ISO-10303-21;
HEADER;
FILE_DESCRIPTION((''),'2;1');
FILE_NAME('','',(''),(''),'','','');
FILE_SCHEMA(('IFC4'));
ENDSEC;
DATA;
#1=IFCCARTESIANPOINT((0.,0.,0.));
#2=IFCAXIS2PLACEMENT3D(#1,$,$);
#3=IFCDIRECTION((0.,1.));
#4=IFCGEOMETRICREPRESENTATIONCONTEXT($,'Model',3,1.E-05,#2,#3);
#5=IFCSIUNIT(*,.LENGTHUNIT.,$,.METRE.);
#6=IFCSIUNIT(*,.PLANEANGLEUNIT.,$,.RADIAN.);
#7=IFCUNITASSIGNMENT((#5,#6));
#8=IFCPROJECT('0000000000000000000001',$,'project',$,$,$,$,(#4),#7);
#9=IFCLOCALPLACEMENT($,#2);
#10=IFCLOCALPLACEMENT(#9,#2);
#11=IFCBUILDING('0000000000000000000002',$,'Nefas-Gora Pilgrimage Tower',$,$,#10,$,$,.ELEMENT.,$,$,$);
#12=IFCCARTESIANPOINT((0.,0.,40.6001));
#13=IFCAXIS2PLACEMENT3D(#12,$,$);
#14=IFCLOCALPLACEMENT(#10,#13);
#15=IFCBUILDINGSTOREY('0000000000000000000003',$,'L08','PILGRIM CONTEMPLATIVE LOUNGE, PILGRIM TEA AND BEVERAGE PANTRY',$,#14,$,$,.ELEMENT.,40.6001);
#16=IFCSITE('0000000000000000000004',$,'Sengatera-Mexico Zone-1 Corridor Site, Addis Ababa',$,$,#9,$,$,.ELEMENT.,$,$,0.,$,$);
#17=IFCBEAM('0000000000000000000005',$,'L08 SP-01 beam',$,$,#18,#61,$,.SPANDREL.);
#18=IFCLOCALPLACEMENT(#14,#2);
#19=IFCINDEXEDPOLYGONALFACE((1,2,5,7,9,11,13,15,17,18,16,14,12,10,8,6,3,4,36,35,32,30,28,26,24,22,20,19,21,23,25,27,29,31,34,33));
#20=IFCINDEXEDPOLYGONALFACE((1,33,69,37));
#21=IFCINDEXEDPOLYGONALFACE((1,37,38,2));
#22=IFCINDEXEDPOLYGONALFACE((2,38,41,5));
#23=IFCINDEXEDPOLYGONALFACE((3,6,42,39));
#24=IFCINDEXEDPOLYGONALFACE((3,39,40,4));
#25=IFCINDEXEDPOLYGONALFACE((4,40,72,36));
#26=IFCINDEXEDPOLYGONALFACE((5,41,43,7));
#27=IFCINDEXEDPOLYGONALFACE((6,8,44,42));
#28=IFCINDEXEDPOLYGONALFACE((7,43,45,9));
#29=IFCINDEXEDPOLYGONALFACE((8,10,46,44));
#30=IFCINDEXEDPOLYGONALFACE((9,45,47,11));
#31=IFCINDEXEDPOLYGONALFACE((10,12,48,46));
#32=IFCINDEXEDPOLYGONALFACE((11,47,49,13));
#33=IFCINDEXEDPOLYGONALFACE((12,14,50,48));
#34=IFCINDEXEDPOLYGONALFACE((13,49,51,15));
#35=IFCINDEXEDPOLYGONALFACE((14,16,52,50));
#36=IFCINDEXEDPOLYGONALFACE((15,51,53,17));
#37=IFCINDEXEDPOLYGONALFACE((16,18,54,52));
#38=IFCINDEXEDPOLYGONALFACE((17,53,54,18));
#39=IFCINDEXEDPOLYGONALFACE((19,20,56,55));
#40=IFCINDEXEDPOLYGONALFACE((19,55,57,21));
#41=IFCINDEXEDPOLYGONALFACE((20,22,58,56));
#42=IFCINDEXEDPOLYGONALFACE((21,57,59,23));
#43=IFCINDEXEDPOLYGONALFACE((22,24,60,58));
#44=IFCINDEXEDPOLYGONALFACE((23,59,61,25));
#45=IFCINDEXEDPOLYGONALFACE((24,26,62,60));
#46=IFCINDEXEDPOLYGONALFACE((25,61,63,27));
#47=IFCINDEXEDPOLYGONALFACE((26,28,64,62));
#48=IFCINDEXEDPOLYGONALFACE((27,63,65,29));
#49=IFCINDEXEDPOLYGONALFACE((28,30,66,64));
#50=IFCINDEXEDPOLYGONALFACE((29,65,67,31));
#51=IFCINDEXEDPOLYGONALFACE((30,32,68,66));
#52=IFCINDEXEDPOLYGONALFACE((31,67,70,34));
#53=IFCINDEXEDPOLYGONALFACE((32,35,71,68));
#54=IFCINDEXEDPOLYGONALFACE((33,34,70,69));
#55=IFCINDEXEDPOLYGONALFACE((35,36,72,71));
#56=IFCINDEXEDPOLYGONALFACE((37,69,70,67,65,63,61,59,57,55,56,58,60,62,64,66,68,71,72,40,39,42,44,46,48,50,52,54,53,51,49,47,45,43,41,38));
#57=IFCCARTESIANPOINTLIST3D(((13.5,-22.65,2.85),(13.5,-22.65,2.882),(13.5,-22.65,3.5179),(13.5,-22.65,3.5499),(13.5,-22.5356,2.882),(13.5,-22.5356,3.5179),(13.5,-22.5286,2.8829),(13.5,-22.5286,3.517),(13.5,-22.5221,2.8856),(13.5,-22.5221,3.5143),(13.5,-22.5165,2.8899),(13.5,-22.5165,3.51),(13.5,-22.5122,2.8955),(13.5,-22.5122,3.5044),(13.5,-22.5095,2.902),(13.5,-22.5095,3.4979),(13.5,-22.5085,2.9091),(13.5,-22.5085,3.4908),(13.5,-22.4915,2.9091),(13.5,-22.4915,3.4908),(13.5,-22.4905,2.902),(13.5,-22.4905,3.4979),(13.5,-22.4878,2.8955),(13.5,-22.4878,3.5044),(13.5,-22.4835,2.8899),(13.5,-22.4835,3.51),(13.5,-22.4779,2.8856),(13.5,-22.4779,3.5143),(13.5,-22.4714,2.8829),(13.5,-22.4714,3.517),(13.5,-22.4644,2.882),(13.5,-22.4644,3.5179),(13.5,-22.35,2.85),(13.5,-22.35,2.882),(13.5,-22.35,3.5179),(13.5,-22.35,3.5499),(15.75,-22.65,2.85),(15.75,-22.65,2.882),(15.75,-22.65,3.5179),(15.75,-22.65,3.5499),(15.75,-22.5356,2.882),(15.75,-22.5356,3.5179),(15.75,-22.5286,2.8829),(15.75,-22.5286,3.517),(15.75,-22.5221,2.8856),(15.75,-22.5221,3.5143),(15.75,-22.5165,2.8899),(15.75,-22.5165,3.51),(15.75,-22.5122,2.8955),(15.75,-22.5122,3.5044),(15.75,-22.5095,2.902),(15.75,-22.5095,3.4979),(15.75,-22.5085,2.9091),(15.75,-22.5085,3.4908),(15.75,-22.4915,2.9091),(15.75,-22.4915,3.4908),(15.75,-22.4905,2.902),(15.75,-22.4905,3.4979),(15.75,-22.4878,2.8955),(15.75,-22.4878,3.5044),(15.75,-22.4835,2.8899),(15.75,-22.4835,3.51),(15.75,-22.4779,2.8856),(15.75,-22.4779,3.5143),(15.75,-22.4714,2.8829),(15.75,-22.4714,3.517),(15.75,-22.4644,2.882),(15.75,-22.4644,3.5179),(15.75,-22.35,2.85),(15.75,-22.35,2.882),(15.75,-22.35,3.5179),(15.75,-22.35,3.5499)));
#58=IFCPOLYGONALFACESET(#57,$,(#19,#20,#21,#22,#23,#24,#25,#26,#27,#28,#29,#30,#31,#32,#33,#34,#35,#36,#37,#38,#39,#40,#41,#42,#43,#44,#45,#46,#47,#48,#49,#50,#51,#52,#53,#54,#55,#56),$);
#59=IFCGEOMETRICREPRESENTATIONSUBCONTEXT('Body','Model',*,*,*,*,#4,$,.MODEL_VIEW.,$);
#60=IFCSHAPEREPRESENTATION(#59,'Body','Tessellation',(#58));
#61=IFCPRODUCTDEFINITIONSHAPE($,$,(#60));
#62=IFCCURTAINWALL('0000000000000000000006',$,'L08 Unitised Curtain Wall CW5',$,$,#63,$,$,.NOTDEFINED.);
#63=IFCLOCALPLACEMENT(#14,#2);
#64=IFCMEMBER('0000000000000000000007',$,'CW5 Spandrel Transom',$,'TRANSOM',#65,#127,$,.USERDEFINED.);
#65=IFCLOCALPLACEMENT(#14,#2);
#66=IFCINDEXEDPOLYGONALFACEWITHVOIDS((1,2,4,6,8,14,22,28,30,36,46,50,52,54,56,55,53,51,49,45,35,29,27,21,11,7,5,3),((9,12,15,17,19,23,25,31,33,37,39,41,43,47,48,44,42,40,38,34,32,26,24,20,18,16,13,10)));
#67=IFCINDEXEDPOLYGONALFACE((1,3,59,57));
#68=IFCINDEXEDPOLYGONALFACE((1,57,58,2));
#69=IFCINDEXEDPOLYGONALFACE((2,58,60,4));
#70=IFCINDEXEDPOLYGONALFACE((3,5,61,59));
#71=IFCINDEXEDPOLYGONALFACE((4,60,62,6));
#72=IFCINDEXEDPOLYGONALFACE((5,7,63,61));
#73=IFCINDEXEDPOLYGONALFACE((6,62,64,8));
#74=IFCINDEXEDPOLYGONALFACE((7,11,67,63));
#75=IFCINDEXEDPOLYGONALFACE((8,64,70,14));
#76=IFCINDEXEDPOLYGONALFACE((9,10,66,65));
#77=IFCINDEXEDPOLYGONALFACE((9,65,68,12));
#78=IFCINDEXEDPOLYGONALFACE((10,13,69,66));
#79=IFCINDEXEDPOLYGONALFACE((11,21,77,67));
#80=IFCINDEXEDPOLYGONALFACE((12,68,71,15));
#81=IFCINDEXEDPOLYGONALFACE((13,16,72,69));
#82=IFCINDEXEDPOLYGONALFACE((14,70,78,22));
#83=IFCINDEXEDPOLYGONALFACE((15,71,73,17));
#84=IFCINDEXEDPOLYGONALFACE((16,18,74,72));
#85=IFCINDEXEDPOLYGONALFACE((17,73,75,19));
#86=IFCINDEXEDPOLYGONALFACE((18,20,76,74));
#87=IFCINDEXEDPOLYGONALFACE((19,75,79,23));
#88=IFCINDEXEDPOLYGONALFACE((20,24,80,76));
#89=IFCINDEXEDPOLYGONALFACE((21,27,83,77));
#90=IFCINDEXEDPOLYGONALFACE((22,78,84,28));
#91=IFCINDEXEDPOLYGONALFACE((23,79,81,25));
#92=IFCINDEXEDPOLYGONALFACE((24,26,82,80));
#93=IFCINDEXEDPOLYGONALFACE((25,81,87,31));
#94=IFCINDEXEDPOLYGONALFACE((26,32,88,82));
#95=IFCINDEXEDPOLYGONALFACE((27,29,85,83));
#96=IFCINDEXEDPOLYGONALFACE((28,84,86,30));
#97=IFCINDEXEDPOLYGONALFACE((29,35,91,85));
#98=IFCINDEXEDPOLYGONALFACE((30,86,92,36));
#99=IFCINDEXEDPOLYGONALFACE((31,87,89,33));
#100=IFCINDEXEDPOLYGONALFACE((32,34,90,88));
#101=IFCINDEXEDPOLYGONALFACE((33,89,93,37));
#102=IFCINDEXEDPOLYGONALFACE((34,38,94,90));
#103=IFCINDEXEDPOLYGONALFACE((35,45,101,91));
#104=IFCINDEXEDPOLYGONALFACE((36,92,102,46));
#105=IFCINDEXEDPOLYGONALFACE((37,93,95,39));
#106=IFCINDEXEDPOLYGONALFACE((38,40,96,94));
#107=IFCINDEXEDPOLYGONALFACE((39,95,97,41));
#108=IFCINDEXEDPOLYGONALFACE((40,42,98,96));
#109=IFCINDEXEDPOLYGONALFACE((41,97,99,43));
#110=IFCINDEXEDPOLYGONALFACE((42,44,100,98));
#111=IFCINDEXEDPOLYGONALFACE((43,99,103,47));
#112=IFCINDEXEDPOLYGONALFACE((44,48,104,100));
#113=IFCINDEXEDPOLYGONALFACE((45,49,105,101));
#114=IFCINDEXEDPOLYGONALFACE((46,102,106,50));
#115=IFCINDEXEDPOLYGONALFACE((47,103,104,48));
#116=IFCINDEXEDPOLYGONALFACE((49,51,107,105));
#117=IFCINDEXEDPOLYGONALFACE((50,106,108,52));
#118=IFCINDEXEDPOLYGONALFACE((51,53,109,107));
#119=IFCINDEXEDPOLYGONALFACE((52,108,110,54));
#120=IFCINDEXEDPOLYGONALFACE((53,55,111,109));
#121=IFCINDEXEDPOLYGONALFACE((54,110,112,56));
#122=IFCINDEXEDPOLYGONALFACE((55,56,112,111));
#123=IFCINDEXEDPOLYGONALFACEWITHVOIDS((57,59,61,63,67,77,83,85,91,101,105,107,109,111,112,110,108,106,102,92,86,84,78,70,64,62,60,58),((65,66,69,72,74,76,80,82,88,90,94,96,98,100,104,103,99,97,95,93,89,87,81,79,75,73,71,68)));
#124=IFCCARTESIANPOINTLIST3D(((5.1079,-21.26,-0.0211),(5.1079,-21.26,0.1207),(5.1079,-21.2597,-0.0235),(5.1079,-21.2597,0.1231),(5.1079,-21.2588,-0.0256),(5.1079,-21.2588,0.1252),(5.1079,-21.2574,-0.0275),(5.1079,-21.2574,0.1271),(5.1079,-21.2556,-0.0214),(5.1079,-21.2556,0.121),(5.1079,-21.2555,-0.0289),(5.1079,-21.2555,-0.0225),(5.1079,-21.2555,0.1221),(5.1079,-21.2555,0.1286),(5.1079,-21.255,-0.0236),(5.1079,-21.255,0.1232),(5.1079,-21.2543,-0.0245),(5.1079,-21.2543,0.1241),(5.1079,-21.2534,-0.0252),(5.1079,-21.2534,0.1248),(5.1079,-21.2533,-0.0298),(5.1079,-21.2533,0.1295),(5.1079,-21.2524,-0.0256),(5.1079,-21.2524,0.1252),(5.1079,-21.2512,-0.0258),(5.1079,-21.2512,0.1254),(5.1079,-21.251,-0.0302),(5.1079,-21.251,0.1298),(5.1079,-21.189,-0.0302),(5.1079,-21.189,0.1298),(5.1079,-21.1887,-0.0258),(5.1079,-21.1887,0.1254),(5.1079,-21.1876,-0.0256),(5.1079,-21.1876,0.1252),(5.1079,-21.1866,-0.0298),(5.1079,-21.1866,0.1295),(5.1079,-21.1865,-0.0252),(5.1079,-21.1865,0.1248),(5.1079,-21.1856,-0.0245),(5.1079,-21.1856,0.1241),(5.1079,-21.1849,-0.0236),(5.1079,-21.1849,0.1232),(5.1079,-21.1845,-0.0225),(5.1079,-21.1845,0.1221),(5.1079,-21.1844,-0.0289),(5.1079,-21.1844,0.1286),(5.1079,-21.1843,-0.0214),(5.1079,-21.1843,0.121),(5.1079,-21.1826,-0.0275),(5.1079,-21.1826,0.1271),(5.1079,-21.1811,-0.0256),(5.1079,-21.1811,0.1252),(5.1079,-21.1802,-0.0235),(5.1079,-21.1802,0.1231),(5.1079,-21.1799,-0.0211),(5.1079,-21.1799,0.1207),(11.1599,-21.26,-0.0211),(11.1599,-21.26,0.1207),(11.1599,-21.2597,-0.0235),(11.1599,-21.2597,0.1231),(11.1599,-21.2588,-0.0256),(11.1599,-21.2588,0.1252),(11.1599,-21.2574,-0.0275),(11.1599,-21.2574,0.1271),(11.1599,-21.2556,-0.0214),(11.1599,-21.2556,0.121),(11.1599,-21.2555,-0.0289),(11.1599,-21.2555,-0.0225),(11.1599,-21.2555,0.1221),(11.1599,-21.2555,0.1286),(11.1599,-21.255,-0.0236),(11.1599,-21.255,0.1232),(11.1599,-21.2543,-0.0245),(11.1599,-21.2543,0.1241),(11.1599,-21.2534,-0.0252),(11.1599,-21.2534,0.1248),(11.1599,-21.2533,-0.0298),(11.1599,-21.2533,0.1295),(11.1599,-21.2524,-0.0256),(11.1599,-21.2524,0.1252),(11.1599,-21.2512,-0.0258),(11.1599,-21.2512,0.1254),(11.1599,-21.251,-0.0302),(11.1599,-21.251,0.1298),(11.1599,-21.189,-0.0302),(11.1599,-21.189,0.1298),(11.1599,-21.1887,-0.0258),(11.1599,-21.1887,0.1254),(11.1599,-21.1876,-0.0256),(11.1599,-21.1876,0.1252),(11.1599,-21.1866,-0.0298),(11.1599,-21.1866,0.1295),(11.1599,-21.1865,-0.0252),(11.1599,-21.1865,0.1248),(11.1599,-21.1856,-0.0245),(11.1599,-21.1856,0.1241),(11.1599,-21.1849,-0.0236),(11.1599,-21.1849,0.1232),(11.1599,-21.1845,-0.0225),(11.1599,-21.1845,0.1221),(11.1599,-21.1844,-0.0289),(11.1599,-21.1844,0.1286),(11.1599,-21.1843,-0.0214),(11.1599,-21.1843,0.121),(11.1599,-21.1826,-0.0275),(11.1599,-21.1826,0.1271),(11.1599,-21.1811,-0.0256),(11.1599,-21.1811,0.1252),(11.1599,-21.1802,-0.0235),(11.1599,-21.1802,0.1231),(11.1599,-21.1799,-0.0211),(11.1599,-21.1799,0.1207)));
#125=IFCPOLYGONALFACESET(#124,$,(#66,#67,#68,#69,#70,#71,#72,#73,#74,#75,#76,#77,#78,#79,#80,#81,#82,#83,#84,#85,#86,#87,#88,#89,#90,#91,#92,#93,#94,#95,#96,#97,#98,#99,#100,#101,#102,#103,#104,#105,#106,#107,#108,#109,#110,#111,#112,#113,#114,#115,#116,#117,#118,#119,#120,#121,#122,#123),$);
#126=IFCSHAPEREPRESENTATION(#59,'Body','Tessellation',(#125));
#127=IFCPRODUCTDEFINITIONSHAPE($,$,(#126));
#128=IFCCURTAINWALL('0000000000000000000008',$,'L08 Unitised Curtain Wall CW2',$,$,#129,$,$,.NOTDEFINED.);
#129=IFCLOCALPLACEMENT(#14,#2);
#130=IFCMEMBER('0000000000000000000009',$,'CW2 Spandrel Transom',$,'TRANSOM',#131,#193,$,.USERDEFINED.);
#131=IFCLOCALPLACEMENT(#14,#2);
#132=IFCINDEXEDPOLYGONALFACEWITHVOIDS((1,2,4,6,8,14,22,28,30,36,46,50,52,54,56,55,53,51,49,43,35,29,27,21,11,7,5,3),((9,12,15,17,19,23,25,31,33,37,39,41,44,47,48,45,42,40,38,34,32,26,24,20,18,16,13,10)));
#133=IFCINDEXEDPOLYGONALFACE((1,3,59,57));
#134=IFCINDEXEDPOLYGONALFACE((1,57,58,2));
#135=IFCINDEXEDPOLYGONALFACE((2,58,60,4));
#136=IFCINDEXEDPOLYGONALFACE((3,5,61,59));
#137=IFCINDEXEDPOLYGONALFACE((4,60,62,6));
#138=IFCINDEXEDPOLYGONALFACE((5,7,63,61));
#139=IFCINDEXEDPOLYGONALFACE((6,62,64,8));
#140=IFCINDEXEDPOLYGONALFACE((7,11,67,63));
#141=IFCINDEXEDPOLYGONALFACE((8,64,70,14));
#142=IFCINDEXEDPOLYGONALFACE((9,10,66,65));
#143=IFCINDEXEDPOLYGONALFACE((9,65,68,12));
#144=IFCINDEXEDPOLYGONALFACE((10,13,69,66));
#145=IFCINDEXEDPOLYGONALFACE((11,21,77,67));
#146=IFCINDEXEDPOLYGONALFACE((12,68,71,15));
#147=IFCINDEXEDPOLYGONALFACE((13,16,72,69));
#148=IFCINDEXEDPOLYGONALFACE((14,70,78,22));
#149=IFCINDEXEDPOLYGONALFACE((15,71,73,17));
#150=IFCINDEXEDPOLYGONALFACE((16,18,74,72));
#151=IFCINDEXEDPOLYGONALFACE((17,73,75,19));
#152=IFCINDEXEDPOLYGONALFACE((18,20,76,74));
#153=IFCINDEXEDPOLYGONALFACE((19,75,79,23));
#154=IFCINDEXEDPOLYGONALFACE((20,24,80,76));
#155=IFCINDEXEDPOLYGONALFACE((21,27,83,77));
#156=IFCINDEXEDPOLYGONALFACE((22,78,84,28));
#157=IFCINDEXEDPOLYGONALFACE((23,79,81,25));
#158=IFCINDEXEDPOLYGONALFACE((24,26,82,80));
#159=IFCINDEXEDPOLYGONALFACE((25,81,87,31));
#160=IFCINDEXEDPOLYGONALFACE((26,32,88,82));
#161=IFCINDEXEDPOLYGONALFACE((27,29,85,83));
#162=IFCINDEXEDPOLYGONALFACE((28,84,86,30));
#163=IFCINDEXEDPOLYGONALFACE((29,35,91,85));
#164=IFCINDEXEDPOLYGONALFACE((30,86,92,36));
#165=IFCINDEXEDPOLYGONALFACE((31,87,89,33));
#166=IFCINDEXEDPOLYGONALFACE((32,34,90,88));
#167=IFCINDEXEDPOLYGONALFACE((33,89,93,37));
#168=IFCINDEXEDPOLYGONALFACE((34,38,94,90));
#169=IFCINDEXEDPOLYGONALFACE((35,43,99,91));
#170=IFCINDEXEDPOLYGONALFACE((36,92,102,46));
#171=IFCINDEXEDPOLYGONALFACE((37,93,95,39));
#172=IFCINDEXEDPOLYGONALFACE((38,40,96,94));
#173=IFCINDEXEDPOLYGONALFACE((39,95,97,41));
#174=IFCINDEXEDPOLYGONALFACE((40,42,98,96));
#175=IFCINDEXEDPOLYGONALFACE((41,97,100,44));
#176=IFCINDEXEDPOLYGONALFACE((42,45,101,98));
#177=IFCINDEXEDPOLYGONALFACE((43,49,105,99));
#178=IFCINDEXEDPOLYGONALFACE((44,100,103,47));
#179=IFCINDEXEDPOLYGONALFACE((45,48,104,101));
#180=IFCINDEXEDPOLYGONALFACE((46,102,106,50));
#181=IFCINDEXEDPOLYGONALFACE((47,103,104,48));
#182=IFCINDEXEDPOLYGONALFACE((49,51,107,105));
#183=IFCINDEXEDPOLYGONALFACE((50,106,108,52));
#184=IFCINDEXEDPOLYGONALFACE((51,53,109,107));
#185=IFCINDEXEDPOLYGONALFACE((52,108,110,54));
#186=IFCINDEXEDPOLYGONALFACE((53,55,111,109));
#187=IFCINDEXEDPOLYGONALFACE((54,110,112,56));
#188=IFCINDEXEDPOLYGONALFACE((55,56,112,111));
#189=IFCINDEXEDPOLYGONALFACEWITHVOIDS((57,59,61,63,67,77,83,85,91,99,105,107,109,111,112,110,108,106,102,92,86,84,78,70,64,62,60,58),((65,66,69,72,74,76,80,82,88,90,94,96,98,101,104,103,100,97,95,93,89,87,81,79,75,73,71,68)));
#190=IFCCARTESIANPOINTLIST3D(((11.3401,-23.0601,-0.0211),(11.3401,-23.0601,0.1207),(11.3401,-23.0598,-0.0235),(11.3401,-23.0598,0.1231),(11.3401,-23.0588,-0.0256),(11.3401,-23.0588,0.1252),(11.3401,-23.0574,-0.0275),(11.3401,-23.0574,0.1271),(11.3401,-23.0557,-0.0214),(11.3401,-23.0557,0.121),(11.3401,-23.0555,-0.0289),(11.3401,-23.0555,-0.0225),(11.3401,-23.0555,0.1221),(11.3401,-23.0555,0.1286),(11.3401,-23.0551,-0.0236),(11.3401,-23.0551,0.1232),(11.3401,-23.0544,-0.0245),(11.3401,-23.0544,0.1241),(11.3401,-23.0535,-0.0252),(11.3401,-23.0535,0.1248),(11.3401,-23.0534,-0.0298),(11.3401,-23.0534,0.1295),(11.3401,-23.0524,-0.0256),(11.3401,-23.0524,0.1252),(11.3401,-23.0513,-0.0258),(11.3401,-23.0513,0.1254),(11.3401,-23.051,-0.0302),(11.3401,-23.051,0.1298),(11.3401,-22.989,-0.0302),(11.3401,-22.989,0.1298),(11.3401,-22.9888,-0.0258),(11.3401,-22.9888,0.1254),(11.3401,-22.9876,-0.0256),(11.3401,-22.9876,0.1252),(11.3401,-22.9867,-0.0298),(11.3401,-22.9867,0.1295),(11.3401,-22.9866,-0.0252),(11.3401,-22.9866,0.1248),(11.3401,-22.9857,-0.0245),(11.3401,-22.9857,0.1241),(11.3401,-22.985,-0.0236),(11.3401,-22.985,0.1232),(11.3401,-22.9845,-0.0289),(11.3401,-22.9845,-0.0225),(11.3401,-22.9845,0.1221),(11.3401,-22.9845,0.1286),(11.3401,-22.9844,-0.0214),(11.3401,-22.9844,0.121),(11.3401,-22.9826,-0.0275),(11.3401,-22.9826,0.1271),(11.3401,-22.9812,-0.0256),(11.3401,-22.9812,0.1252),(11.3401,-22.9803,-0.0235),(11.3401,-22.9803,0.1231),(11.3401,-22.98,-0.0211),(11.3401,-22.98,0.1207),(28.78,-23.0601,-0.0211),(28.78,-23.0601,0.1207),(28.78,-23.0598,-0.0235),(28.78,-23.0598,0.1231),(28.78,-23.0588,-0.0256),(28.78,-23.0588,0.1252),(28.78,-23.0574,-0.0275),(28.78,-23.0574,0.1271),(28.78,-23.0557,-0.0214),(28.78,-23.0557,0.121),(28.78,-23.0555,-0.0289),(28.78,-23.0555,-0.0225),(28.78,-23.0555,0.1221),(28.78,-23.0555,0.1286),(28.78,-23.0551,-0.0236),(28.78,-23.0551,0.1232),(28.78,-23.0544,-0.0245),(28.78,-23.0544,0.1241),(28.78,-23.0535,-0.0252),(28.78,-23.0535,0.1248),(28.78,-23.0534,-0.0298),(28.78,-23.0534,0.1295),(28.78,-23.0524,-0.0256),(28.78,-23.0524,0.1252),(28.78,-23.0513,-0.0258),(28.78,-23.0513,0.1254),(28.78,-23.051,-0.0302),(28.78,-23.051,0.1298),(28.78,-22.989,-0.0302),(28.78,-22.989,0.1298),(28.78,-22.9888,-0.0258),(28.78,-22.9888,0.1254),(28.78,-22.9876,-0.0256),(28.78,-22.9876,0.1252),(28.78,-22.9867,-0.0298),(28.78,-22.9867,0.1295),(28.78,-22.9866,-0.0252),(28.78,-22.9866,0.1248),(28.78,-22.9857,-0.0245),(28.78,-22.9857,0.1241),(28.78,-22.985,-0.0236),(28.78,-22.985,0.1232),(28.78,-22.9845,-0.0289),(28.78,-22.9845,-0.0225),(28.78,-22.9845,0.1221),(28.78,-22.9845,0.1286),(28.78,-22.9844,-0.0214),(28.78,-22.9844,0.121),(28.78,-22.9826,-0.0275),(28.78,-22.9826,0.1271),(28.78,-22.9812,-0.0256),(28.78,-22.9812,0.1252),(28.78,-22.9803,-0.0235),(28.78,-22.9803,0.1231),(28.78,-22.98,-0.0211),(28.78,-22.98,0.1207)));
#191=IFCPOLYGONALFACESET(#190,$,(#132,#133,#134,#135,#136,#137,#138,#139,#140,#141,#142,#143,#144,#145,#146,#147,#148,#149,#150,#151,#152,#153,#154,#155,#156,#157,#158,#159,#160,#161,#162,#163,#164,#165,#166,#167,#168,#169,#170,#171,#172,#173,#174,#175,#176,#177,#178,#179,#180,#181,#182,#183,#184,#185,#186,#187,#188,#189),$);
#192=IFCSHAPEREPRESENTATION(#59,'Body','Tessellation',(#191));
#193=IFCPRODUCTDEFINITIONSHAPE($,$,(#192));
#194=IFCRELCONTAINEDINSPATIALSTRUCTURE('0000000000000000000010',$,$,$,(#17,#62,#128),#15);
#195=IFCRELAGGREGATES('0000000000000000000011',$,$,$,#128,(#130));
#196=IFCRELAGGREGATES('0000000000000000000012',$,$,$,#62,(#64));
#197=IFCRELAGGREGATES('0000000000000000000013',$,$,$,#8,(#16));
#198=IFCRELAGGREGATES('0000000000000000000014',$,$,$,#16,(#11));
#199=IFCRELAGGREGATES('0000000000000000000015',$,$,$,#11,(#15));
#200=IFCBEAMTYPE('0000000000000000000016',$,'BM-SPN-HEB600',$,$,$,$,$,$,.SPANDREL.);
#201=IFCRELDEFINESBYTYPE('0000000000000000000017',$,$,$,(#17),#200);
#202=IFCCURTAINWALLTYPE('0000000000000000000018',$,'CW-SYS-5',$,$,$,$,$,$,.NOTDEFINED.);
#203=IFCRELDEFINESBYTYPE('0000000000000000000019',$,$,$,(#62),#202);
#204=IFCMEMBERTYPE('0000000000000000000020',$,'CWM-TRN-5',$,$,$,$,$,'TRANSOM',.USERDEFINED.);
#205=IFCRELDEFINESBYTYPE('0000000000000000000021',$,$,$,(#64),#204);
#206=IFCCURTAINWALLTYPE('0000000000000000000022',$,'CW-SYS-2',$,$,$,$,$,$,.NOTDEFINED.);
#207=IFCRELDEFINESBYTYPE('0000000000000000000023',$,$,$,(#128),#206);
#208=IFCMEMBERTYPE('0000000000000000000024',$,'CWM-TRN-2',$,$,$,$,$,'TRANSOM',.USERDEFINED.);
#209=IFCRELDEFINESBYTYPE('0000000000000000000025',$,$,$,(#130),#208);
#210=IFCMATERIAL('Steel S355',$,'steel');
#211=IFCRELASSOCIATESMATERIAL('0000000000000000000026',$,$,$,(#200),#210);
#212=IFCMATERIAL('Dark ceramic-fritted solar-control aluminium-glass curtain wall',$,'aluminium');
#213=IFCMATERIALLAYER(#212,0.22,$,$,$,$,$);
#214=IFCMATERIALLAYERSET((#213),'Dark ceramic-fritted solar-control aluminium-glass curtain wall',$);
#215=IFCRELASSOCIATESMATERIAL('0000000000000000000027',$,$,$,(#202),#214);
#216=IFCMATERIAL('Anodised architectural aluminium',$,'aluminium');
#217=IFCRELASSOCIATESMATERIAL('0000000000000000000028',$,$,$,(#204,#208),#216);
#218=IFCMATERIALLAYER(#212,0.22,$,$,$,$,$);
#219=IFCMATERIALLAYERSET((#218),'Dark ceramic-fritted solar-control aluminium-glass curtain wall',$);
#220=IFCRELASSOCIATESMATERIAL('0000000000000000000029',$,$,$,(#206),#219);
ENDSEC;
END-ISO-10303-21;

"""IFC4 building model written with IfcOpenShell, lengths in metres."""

from ifc_helpers import new_model, si_unit, direction, frame, origin, origin_2d, place, context, subcontext, project, spatial, hollow_rectangle, i_section, extrude, source, transform, mapped, material, layer, layer_set, material_profile, profile_set, type_object, element, aggregate, save


model = new_model("IFC4")

# Units and contexts
model_context = context("Model", 3, precision=1e-05, world=origin(), true_north=direction((0.0, 1.0)))
body_context = subcontext(model_context, "Body", "Model", "MODEL_VIEW")
ifc_project = project(units=[si_unit("LENGTHUNIT", "METRE"), si_unit("PLANEANGLEUNIT", "RADIAN")], contexts=[model_context])

# Site, building, storey
site_placement = place(None, origin())
site = spatial("IfcSite", under=ifc_project, at=site_placement, Name="Sengatera-Mexico Zone-1 Corridor Site, Addis Ababa", CompositionType="ELEMENT", RefElevation=0.0)
building_placement = place(site_placement, origin())
building = spatial("IfcBuilding", under=site, at=building_placement, Name="Nefas-Gora Pilgrimage Tower", CompositionType="ELEMENT")
storey_placement = place(building_placement, frame((0.0, 0.0, 40.6001)))
storey = spatial("IfcBuildingStorey", under=building, at=storey_placement, Name="L08", Description="PILGRIM CONTEMPLATIVE LOUNGE, PILGRIM TEA AND BEVERAGE PANTRY", CompositionType="ELEMENT", Elevation=40.6001)

# Beam
ifc_material_1 = material(Name="Steel S355", Category="steel")
ifc_material_profile_1 = material_profile(ifc_material_1, i_section(OverallWidth=0.3, OverallDepth=0.7, WebThickness=0.0171, FlangeThickness=0.032, FilletRadius=0.0271, at=origin_2d()), Name="HEB 700")
ifc_profile_set_1 = profile_set([ifc_material_profile_1], Name="Steel S355")
beam_type_1 = type_object("IfcBeamType", Name="BM-SPN-HEB600", PredefinedType="SPANDREL", material=ifc_profile_set_1)
shared_shape_1 = source(origin(), body_context, "Body", "SweptSolid", [
    extrude(i_section(OverallWidth=0.3, OverallDepth=0.7, WebThickness=0.0171, FlangeThickness=0.032, FilletRadius=0.0271, at=origin_2d()), origin(), (0.0, 0.0, 1.0), 2.25),
])
beam_1_placement = place(storey_placement, frame((13.5, -22.5, 3.2), z_axis=(1.0, 0.0, 0.0), x_axis=(0.0, 1.0, 0.0)))
element("IfcBeam", 1, at=beam_1_placement, inside=storey, type_object=beam_type_1, Name="L08 SP-01 beam", PredefinedType="SPANDREL", context=body_context, shape_type="MappedRepresentation", body=[
    mapped(shared_shape_1, transform((0.0, 0.0, 0.0), x_axis=(1.0, 0.0, 0.0), y_axis=(0.0, 1.0, 0.0), z_axis=(0.0, 0.0, 1.0), scale=1.0)),
])

# Curtain walls, members
ifc_material_2 = material(Name="Dark ceramic-fritted solar-control aluminium-glass curtain wall", Category="aluminium")
ifc_layer_1 = layer(ifc_material_2, 0.22)
ifc_layer_set_1 = layer_set([ifc_layer_1], Name="Dark ceramic-fritted solar-control aluminium-glass curtain wall")
curtain_wall_type_1 = type_object("IfcCurtainWallType", Name="CW-SYS-5", PredefinedType="NOTDEFINED", material=ifc_layer_set_1)
curtain_wall_1_placement = place(storey_placement, origin())
curtain_wall_1 = element("IfcCurtainWall", 2, at=curtain_wall_1_placement, inside=storey, type_object=curtain_wall_type_1, Name="L08 Unitised Curtain Wall CW5", PredefinedType="NOTDEFINED")
ifc_material_3 = material(Name="Anodised architectural aluminium", Category="aluminium")
ifc_material_profile_2 = material_profile(ifc_material_3, hollow_rectangle(XDim=0.0801, YDim=0.1599, WallThickness=0.0044, InnerFilletRadius=0.0044, OuterFilletRadius=0.009, at=origin_2d()), Name="ALU TRANSOM 80x160")
ifc_profile_set_2 = profile_set([ifc_material_profile_2], Name="Anodised architectural aluminium")
member_type_1 = type_object("IfcMemberType", Name="CWM-TRN-5", ElementType="TRANSOM", PredefinedType="USERDEFINED", material=ifc_profile_set_2)
shared_shape_2 = source(origin(), body_context, "Body", "SweptSolid", [
    extrude(hollow_rectangle(XDim=0.0801, YDim=0.1599, WallThickness=0.0044, InnerFilletRadius=0.0044, OuterFilletRadius=0.009, at=origin_2d()), origin(), (0.0, 0.0, 1.0), 6.052),
])
member_1_placement = place(storey_placement, frame((5.1079, -21.22, 0.0498), z_axis=(1.0, 0.0, 0.0), x_axis=(0.0, 1.0, 0.0)))
member_1 = element("IfcMember", 3, at=member_1_placement, type_object=member_type_1, Name="CW5 Spandrel Transom", ObjectType="TRANSOM", PredefinedType="USERDEFINED", context=body_context, shape_type="MappedRepresentation", body=[
    mapped(shared_shape_2, transform((0.0, 0.0, 0.0), x_axis=(1.0, 0.0, 0.0), y_axis=(0.0, 1.0, 0.0), z_axis=(0.0, 0.0, 1.0), scale=1.0)),
])
ifc_layer_2 = layer(ifc_material_2, 0.22)
ifc_layer_set_2 = layer_set([ifc_layer_2], Name="Dark ceramic-fritted solar-control aluminium-glass curtain wall")
curtain_wall_type_2 = type_object("IfcCurtainWallType", Name="CW-SYS-2", PredefinedType="NOTDEFINED", material=ifc_layer_set_2)
curtain_wall_2_placement = place(storey_placement, origin())
curtain_wall_2 = element("IfcCurtainWall", 4, at=curtain_wall_2_placement, inside=storey, type_object=curtain_wall_type_2, Name="L08 Unitised Curtain Wall CW2", PredefinedType="NOTDEFINED")
ifc_material_profile_3 = material_profile(ifc_material_3, hollow_rectangle(XDim=0.0801, YDim=0.1599, WallThickness=0.0044, InnerFilletRadius=0.0044, OuterFilletRadius=0.009, at=origin_2d()), Name="ALU TRANSOM 80x160")
ifc_profile_set_3 = profile_set([ifc_material_profile_3], Name="Anodised architectural aluminium")
member_type_2 = type_object("IfcMemberType", Name="CWM-TRN-2", ElementType="TRANSOM", PredefinedType="USERDEFINED", material=ifc_profile_set_3)
shared_shape_3 = source(origin(), body_context, "Body", "SweptSolid", [
    extrude(hollow_rectangle(XDim=0.0801, YDim=0.1599, WallThickness=0.0044, InnerFilletRadius=0.0044, OuterFilletRadius=0.009, at=origin_2d()), origin(), (0.0, 0.0, 1.0), 17.4399),
])
member_2_placement = place(storey_placement, frame((11.3401, -23.02, 0.0498), z_axis=(1.0, 0.0, 0.0), x_axis=(0.0, 1.0, 0.0)))
member_2 = element("IfcMember", 5, at=member_2_placement, type_object=member_type_2, Name="CW2 Spandrel Transom", ObjectType="TRANSOM", PredefinedType="USERDEFINED", context=body_context, shape_type="MappedRepresentation", body=[
    mapped(shared_shape_3, transform((0.0, 0.0, 0.0), x_axis=(1.0, 0.0, 0.0), y_axis=(0.0, 1.0, 0.0), z_axis=(0.0, 0.0, 1.0), scale=1.0)),
])

aggregate(curtain_wall_2, [member_2])

aggregate(curtain_wall_1, [member_1])

save(model, "model.ifc")
